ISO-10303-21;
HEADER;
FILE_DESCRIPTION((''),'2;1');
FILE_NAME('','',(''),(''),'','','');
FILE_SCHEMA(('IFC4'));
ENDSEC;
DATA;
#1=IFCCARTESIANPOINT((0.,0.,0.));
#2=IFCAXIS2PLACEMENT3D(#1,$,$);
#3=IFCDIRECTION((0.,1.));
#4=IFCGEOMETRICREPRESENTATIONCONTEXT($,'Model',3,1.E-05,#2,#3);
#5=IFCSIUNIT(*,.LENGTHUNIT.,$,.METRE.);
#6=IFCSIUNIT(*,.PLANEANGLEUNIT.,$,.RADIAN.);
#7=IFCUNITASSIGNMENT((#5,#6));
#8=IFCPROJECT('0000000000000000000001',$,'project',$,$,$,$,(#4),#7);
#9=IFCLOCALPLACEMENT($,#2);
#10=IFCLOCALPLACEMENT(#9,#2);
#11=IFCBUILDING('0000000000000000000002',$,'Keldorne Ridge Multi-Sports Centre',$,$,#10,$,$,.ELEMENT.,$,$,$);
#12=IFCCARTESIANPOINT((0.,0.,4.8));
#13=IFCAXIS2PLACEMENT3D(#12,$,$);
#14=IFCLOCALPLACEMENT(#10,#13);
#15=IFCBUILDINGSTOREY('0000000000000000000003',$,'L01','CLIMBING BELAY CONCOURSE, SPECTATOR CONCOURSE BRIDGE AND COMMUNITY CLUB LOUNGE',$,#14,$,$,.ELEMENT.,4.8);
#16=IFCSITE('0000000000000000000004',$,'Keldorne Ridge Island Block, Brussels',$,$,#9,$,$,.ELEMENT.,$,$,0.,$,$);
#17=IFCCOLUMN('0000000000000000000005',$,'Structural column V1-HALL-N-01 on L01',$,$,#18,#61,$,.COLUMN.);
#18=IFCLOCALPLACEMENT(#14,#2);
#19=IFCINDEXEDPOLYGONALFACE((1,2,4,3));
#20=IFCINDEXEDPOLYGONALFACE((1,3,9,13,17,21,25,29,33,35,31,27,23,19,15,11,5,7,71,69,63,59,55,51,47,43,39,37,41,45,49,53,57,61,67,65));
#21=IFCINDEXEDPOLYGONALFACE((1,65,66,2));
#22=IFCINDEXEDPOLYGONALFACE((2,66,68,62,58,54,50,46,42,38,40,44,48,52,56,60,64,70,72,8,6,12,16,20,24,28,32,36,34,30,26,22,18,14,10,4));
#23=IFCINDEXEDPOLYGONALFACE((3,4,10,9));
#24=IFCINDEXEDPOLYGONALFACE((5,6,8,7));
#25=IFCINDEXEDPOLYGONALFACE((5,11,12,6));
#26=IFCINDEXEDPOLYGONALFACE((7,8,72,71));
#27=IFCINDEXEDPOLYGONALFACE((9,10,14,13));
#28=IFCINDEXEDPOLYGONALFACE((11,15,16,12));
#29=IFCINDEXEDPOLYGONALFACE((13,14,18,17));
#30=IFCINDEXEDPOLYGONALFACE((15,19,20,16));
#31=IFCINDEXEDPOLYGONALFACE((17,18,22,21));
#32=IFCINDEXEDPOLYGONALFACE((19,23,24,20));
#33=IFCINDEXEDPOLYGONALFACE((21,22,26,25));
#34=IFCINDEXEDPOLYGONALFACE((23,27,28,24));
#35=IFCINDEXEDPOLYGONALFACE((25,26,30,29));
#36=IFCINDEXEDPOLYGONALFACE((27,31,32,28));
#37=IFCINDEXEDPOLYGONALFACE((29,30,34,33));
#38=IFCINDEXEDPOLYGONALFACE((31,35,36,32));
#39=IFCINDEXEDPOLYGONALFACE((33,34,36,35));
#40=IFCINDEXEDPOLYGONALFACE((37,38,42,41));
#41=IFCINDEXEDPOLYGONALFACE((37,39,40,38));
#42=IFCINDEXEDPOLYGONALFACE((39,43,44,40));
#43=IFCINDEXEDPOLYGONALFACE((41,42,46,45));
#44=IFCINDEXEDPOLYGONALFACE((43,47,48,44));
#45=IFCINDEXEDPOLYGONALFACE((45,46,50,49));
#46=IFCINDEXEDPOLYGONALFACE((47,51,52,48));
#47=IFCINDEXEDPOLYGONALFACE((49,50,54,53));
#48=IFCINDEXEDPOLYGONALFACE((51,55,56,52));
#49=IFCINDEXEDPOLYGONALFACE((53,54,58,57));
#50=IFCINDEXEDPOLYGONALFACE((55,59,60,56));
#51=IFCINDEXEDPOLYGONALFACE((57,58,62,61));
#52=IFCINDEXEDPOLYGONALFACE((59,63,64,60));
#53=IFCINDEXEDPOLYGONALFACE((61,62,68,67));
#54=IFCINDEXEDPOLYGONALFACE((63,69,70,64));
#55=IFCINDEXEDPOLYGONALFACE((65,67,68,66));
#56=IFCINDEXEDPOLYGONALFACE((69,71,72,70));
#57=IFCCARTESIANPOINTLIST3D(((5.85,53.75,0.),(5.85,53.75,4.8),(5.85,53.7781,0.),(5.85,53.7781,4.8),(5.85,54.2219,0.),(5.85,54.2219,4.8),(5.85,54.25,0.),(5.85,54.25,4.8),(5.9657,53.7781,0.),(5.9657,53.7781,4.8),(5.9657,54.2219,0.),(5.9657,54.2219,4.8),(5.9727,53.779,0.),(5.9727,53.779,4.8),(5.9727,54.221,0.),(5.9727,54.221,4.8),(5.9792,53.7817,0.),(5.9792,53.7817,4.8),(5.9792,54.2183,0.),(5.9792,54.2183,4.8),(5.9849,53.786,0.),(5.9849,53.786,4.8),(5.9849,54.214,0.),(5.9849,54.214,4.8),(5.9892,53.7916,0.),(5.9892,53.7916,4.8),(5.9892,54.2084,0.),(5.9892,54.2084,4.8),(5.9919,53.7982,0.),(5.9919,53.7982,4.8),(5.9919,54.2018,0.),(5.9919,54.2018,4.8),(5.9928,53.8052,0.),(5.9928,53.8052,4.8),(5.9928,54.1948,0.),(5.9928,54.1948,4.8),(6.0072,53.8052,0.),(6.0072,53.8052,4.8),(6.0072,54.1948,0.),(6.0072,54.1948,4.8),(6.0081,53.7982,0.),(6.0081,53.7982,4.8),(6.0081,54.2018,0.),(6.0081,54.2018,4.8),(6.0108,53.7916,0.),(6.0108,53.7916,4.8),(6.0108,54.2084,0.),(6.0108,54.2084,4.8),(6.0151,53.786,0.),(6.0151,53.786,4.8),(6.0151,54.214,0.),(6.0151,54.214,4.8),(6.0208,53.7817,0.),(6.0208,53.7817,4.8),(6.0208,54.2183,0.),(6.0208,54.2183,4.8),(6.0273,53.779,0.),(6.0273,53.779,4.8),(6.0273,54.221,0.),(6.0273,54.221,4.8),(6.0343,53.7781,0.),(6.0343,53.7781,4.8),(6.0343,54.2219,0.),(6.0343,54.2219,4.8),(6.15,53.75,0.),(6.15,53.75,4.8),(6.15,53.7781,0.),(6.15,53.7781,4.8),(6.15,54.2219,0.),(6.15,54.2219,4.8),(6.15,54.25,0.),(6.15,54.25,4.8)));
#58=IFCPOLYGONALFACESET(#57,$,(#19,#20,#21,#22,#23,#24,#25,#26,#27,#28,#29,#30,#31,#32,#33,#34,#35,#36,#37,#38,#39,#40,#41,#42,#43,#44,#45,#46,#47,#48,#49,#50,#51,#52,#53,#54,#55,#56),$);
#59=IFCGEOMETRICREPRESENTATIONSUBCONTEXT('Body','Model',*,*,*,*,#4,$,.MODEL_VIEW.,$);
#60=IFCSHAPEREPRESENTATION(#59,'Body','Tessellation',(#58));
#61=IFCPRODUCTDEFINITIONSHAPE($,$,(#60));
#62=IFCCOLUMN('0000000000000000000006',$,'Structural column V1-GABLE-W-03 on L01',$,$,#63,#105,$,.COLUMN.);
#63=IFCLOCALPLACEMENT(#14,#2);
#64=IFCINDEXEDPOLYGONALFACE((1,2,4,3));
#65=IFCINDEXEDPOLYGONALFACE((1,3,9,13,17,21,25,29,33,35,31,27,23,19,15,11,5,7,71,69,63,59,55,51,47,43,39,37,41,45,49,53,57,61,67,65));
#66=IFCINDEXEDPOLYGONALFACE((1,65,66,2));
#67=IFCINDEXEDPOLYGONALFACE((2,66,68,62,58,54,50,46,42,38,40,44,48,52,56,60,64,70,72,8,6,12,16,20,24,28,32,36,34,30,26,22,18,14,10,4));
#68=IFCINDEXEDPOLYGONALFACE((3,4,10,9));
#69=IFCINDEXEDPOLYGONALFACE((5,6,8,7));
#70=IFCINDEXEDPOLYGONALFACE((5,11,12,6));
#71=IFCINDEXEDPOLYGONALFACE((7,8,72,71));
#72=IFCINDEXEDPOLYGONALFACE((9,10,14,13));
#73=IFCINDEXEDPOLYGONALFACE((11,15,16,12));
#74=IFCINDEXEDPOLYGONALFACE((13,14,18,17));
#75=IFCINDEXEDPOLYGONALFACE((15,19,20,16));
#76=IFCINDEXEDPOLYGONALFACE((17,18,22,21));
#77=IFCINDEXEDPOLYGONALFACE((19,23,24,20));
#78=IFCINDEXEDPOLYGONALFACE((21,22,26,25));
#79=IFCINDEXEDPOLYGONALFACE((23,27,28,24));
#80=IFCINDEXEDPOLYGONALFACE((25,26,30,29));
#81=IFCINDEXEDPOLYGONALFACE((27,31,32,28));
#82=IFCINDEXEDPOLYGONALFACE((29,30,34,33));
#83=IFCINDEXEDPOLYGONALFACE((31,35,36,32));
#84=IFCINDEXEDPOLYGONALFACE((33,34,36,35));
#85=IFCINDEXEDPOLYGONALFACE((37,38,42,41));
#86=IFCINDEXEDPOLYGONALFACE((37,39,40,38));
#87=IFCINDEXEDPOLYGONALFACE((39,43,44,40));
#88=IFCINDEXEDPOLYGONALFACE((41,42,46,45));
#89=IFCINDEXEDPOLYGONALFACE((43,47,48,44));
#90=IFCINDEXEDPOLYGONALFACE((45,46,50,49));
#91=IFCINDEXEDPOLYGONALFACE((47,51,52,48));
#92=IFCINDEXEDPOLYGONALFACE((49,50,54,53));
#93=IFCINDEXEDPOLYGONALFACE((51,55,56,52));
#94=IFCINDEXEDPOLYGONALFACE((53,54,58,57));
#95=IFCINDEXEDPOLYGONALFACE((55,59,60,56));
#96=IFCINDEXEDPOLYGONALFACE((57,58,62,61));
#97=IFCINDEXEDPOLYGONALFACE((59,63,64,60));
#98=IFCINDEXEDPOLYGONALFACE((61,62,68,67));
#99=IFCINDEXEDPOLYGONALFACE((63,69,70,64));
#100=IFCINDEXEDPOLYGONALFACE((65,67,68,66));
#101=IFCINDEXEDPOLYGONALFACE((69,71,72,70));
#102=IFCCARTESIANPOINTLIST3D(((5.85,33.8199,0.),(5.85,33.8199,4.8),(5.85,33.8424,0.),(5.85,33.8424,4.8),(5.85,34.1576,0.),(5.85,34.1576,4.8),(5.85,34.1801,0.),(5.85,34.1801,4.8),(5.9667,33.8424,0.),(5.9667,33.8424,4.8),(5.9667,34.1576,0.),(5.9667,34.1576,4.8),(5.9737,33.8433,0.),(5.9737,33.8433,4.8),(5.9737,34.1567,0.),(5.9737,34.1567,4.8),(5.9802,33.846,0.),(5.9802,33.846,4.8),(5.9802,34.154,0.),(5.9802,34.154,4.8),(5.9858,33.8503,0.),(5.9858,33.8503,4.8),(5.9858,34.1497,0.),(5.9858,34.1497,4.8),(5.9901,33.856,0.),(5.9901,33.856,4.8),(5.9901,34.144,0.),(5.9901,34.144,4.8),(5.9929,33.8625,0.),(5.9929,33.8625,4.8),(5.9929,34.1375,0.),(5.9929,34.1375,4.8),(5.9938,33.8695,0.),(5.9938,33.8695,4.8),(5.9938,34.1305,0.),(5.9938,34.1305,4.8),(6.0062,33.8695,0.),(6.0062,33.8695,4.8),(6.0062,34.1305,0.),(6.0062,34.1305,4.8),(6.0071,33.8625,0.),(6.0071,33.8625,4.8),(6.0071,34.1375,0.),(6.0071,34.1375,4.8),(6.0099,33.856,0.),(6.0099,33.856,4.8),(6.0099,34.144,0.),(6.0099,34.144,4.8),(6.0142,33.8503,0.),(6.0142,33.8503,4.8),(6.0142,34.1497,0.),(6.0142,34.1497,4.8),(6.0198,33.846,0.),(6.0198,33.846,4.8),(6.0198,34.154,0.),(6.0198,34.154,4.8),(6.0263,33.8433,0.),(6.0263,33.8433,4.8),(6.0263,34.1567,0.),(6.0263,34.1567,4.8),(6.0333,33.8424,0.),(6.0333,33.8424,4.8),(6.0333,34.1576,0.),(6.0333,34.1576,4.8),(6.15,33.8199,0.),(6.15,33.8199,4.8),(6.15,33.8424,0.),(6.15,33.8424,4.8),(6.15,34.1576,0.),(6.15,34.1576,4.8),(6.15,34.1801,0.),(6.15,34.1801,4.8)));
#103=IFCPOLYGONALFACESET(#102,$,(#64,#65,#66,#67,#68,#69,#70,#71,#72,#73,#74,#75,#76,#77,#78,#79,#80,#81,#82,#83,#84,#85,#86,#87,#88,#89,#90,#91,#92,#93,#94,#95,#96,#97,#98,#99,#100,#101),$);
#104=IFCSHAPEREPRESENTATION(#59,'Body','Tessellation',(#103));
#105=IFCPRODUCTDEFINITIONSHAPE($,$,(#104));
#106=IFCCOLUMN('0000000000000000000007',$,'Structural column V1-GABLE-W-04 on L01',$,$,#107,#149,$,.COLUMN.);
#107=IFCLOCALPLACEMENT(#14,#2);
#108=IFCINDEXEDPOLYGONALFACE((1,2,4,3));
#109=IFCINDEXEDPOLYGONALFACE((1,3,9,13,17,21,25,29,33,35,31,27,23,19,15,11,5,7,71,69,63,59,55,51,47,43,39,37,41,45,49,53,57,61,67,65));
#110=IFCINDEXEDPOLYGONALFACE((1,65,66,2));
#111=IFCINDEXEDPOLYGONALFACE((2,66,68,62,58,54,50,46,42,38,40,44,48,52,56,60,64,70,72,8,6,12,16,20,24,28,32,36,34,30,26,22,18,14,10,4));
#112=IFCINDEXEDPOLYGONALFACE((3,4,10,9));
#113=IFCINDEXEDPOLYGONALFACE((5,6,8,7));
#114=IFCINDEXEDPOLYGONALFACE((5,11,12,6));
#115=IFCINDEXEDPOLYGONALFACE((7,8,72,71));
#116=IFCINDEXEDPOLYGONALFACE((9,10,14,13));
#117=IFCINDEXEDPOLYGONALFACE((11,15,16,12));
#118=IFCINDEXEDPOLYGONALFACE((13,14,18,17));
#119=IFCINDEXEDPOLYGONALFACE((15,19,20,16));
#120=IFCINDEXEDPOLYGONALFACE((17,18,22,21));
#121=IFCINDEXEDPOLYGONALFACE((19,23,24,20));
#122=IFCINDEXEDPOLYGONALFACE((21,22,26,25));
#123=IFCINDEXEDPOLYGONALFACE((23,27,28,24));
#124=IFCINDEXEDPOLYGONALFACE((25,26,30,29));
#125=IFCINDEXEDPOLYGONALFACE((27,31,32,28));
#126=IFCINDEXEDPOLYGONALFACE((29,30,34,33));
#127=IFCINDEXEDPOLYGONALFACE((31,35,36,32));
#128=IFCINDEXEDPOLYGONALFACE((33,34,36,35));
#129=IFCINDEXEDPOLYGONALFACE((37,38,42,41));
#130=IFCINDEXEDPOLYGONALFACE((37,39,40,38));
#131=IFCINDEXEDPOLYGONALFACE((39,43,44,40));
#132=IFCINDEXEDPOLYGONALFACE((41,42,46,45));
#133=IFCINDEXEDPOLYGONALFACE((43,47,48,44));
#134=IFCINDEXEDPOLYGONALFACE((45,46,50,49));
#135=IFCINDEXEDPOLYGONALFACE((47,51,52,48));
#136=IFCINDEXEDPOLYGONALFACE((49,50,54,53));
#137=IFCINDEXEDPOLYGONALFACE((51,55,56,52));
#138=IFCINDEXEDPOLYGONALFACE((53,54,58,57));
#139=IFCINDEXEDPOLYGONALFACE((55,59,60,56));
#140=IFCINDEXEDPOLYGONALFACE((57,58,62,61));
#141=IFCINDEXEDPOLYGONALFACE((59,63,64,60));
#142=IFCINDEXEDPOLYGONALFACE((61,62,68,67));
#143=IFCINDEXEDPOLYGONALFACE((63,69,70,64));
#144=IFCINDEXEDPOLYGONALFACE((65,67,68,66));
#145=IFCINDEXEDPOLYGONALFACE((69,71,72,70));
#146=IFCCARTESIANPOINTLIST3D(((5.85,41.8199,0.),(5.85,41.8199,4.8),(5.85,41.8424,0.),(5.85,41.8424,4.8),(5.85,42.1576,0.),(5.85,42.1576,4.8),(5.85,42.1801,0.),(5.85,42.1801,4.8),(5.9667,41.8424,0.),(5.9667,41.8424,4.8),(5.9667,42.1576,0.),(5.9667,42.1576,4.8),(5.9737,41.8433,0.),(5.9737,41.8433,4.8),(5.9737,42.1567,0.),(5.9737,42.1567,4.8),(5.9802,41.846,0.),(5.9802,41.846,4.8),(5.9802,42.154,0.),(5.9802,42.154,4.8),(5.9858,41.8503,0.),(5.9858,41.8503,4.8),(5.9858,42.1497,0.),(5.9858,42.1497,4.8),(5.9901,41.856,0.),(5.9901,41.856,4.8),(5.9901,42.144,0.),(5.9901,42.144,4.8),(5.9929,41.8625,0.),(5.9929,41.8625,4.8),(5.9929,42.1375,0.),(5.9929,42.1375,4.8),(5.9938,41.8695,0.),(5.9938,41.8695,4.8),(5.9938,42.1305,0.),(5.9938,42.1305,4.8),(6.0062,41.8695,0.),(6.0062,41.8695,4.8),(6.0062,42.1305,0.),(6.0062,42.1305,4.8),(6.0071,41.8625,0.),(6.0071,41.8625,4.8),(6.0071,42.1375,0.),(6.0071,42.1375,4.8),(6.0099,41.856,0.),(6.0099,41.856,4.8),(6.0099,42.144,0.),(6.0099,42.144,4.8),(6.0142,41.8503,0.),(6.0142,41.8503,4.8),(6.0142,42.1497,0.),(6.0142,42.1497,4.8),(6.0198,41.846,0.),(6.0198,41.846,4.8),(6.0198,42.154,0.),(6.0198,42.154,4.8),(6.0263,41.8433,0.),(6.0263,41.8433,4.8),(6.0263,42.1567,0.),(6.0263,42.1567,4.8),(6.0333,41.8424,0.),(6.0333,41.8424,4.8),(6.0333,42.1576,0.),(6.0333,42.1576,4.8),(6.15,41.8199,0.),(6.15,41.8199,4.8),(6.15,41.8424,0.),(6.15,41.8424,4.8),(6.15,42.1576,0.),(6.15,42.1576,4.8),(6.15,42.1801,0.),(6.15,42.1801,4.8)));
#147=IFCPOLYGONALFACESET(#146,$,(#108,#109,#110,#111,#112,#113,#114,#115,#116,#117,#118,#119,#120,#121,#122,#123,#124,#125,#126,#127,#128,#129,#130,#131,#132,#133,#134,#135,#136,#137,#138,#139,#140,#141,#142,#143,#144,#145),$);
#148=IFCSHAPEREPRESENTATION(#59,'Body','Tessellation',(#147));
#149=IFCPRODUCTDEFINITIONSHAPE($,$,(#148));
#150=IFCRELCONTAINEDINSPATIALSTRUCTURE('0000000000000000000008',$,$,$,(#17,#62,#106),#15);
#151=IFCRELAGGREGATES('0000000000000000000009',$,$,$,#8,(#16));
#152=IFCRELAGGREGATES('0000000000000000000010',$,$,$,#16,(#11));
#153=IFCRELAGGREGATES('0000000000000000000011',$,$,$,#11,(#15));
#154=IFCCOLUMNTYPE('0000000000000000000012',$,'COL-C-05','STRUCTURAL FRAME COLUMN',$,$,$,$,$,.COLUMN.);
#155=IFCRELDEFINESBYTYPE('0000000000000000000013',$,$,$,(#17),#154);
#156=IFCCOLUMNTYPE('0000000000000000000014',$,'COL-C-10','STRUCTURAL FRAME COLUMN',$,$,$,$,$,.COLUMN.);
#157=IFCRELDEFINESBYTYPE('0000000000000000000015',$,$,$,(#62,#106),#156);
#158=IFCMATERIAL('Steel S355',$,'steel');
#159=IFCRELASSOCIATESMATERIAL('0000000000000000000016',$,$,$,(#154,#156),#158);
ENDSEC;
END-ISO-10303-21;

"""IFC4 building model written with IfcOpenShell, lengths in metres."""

from ifc_helpers import new_model, si_unit, direction, frame, origin, origin_2d, place, context, subcontext, project, spatial, i_section, extrude, material, material_profile, profile_set, type_object, element, save


model = new_model("IFC4")

# Units and contexts
model_context = context("Model", 3, precision=1e-05, world=origin(), true_north=direction((0.0, 1.0)))
body_context = subcontext(model_context, "Body", "Model", "MODEL_VIEW")
ifc_project = project(units=[si_unit("LENGTHUNIT", "METRE"), si_unit("PLANEANGLEUNIT", "RADIAN")], contexts=[model_context])

# Site, building, storey
site_placement = place(None, origin())
site = spatial("IfcSite", under=ifc_project, at=site_placement, Name="Keldorne Ridge Island Block, Brussels", CompositionType="ELEMENT", RefElevation=0.0)
building_placement = place(site_placement, origin())
building = spatial("IfcBuilding", under=site, at=building_placement, Name="Keldorne Ridge Multi-Sports Centre", CompositionType="ELEMENT")
storey_placement = place(building_placement, frame((0.0, 0.0, 4.8)))
storey = spatial("IfcBuildingStorey", under=building, at=storey_placement, Name="L01", Description="CLIMBING BELAY CONCOURSE, SPECTATOR CONCOURSE BRIDGE AND COMMUNITY CLUB LOUNGE", CompositionType="ELEMENT", Elevation=4.8)

# Columns
ifc_material_1 = material(Name="Steel S355", Category="steel")
ifc_material_profile_1 = material_profile(ifc_material_1, i_section(OverallWidth=0.3, OverallDepth=0.5, WebThickness=0.0144, FlangeThickness=0.0281, FilletRadius=0.0271, at=origin_2d()), Name="HEB 500")
ifc_profile_set_1 = profile_set([ifc_material_profile_1], Name="Steel S355")
column_type_1 = type_object("IfcColumnType", Name="COL-C-05", Description="STRUCTURAL FRAME COLUMN", PredefinedType="COLUMN", material=ifc_profile_set_1)
column_placement = place(storey_placement, frame((6.0, 54.0, 0.0), z_axis=(0.0, 0.0, 1.0), x_axis=(1.0, 0.0, 0.0)))
element("IfcColumn", 1, at=column_placement, inside=storey, type_object=column_type_1, Name="Structural column V1-HALL-N-01 on L01", PredefinedType="COLUMN", context=body_context, shape_type="SweptSolid", body=[
    extrude(i_section(OverallWidth=0.3, OverallDepth=0.5, WebThickness=0.0144, FlangeThickness=0.0281, FilletRadius=0.0271, at=origin_2d()), origin(), (0.0, 0.0, 1.0), 4.8),
])
ifc_material_profile_2 = material_profile(ifc_material_1, i_section(OverallWidth=0.3, OverallDepth=0.3601, WebThickness=0.0125, FlangeThickness=0.0225, FilletRadius=0.0271, at=origin_2d()), Name="HEB 360")
ifc_profile_set_2 = profile_set([ifc_material_profile_2], Name="Steel S355")
column_type_2 = type_object("IfcColumnType", Name="COL-C-10", Description="STRUCTURAL FRAME COLUMN", PredefinedType="COLUMN", material=ifc_profile_set_2)
for number, where, z_axis, x_axis, name in (
    (2, (6.0, 34.0, 0.0), (0.0, 0.0, 1.0), (1.0, 0.0, 0.0), "Structural column V1-GABLE-W-03 on L01"),
    (3, (6.0, 42.0, 0.0), (0.0, 0.0, 1.0), (1.0, 0.0, 0.0), "Structural column V1-GABLE-W-04 on L01"),
):
    element("IfcColumn", number, at=place(storey_placement, frame(where, z_axis=z_axis, x_axis=x_axis)), inside=storey, type_object=column_type_2, Name=name, PredefinedType="COLUMN", context=body_context, shape_type="SweptSolid", body=[
        extrude(i_section(OverallWidth=0.3, OverallDepth=0.3601, WebThickness=0.0125, FlangeThickness=0.0225, FilletRadius=0.0271, at=origin_2d()), origin(), (0.0, 0.0, 1.0), 4.8),
    ])

save(model, "model.ifc")
